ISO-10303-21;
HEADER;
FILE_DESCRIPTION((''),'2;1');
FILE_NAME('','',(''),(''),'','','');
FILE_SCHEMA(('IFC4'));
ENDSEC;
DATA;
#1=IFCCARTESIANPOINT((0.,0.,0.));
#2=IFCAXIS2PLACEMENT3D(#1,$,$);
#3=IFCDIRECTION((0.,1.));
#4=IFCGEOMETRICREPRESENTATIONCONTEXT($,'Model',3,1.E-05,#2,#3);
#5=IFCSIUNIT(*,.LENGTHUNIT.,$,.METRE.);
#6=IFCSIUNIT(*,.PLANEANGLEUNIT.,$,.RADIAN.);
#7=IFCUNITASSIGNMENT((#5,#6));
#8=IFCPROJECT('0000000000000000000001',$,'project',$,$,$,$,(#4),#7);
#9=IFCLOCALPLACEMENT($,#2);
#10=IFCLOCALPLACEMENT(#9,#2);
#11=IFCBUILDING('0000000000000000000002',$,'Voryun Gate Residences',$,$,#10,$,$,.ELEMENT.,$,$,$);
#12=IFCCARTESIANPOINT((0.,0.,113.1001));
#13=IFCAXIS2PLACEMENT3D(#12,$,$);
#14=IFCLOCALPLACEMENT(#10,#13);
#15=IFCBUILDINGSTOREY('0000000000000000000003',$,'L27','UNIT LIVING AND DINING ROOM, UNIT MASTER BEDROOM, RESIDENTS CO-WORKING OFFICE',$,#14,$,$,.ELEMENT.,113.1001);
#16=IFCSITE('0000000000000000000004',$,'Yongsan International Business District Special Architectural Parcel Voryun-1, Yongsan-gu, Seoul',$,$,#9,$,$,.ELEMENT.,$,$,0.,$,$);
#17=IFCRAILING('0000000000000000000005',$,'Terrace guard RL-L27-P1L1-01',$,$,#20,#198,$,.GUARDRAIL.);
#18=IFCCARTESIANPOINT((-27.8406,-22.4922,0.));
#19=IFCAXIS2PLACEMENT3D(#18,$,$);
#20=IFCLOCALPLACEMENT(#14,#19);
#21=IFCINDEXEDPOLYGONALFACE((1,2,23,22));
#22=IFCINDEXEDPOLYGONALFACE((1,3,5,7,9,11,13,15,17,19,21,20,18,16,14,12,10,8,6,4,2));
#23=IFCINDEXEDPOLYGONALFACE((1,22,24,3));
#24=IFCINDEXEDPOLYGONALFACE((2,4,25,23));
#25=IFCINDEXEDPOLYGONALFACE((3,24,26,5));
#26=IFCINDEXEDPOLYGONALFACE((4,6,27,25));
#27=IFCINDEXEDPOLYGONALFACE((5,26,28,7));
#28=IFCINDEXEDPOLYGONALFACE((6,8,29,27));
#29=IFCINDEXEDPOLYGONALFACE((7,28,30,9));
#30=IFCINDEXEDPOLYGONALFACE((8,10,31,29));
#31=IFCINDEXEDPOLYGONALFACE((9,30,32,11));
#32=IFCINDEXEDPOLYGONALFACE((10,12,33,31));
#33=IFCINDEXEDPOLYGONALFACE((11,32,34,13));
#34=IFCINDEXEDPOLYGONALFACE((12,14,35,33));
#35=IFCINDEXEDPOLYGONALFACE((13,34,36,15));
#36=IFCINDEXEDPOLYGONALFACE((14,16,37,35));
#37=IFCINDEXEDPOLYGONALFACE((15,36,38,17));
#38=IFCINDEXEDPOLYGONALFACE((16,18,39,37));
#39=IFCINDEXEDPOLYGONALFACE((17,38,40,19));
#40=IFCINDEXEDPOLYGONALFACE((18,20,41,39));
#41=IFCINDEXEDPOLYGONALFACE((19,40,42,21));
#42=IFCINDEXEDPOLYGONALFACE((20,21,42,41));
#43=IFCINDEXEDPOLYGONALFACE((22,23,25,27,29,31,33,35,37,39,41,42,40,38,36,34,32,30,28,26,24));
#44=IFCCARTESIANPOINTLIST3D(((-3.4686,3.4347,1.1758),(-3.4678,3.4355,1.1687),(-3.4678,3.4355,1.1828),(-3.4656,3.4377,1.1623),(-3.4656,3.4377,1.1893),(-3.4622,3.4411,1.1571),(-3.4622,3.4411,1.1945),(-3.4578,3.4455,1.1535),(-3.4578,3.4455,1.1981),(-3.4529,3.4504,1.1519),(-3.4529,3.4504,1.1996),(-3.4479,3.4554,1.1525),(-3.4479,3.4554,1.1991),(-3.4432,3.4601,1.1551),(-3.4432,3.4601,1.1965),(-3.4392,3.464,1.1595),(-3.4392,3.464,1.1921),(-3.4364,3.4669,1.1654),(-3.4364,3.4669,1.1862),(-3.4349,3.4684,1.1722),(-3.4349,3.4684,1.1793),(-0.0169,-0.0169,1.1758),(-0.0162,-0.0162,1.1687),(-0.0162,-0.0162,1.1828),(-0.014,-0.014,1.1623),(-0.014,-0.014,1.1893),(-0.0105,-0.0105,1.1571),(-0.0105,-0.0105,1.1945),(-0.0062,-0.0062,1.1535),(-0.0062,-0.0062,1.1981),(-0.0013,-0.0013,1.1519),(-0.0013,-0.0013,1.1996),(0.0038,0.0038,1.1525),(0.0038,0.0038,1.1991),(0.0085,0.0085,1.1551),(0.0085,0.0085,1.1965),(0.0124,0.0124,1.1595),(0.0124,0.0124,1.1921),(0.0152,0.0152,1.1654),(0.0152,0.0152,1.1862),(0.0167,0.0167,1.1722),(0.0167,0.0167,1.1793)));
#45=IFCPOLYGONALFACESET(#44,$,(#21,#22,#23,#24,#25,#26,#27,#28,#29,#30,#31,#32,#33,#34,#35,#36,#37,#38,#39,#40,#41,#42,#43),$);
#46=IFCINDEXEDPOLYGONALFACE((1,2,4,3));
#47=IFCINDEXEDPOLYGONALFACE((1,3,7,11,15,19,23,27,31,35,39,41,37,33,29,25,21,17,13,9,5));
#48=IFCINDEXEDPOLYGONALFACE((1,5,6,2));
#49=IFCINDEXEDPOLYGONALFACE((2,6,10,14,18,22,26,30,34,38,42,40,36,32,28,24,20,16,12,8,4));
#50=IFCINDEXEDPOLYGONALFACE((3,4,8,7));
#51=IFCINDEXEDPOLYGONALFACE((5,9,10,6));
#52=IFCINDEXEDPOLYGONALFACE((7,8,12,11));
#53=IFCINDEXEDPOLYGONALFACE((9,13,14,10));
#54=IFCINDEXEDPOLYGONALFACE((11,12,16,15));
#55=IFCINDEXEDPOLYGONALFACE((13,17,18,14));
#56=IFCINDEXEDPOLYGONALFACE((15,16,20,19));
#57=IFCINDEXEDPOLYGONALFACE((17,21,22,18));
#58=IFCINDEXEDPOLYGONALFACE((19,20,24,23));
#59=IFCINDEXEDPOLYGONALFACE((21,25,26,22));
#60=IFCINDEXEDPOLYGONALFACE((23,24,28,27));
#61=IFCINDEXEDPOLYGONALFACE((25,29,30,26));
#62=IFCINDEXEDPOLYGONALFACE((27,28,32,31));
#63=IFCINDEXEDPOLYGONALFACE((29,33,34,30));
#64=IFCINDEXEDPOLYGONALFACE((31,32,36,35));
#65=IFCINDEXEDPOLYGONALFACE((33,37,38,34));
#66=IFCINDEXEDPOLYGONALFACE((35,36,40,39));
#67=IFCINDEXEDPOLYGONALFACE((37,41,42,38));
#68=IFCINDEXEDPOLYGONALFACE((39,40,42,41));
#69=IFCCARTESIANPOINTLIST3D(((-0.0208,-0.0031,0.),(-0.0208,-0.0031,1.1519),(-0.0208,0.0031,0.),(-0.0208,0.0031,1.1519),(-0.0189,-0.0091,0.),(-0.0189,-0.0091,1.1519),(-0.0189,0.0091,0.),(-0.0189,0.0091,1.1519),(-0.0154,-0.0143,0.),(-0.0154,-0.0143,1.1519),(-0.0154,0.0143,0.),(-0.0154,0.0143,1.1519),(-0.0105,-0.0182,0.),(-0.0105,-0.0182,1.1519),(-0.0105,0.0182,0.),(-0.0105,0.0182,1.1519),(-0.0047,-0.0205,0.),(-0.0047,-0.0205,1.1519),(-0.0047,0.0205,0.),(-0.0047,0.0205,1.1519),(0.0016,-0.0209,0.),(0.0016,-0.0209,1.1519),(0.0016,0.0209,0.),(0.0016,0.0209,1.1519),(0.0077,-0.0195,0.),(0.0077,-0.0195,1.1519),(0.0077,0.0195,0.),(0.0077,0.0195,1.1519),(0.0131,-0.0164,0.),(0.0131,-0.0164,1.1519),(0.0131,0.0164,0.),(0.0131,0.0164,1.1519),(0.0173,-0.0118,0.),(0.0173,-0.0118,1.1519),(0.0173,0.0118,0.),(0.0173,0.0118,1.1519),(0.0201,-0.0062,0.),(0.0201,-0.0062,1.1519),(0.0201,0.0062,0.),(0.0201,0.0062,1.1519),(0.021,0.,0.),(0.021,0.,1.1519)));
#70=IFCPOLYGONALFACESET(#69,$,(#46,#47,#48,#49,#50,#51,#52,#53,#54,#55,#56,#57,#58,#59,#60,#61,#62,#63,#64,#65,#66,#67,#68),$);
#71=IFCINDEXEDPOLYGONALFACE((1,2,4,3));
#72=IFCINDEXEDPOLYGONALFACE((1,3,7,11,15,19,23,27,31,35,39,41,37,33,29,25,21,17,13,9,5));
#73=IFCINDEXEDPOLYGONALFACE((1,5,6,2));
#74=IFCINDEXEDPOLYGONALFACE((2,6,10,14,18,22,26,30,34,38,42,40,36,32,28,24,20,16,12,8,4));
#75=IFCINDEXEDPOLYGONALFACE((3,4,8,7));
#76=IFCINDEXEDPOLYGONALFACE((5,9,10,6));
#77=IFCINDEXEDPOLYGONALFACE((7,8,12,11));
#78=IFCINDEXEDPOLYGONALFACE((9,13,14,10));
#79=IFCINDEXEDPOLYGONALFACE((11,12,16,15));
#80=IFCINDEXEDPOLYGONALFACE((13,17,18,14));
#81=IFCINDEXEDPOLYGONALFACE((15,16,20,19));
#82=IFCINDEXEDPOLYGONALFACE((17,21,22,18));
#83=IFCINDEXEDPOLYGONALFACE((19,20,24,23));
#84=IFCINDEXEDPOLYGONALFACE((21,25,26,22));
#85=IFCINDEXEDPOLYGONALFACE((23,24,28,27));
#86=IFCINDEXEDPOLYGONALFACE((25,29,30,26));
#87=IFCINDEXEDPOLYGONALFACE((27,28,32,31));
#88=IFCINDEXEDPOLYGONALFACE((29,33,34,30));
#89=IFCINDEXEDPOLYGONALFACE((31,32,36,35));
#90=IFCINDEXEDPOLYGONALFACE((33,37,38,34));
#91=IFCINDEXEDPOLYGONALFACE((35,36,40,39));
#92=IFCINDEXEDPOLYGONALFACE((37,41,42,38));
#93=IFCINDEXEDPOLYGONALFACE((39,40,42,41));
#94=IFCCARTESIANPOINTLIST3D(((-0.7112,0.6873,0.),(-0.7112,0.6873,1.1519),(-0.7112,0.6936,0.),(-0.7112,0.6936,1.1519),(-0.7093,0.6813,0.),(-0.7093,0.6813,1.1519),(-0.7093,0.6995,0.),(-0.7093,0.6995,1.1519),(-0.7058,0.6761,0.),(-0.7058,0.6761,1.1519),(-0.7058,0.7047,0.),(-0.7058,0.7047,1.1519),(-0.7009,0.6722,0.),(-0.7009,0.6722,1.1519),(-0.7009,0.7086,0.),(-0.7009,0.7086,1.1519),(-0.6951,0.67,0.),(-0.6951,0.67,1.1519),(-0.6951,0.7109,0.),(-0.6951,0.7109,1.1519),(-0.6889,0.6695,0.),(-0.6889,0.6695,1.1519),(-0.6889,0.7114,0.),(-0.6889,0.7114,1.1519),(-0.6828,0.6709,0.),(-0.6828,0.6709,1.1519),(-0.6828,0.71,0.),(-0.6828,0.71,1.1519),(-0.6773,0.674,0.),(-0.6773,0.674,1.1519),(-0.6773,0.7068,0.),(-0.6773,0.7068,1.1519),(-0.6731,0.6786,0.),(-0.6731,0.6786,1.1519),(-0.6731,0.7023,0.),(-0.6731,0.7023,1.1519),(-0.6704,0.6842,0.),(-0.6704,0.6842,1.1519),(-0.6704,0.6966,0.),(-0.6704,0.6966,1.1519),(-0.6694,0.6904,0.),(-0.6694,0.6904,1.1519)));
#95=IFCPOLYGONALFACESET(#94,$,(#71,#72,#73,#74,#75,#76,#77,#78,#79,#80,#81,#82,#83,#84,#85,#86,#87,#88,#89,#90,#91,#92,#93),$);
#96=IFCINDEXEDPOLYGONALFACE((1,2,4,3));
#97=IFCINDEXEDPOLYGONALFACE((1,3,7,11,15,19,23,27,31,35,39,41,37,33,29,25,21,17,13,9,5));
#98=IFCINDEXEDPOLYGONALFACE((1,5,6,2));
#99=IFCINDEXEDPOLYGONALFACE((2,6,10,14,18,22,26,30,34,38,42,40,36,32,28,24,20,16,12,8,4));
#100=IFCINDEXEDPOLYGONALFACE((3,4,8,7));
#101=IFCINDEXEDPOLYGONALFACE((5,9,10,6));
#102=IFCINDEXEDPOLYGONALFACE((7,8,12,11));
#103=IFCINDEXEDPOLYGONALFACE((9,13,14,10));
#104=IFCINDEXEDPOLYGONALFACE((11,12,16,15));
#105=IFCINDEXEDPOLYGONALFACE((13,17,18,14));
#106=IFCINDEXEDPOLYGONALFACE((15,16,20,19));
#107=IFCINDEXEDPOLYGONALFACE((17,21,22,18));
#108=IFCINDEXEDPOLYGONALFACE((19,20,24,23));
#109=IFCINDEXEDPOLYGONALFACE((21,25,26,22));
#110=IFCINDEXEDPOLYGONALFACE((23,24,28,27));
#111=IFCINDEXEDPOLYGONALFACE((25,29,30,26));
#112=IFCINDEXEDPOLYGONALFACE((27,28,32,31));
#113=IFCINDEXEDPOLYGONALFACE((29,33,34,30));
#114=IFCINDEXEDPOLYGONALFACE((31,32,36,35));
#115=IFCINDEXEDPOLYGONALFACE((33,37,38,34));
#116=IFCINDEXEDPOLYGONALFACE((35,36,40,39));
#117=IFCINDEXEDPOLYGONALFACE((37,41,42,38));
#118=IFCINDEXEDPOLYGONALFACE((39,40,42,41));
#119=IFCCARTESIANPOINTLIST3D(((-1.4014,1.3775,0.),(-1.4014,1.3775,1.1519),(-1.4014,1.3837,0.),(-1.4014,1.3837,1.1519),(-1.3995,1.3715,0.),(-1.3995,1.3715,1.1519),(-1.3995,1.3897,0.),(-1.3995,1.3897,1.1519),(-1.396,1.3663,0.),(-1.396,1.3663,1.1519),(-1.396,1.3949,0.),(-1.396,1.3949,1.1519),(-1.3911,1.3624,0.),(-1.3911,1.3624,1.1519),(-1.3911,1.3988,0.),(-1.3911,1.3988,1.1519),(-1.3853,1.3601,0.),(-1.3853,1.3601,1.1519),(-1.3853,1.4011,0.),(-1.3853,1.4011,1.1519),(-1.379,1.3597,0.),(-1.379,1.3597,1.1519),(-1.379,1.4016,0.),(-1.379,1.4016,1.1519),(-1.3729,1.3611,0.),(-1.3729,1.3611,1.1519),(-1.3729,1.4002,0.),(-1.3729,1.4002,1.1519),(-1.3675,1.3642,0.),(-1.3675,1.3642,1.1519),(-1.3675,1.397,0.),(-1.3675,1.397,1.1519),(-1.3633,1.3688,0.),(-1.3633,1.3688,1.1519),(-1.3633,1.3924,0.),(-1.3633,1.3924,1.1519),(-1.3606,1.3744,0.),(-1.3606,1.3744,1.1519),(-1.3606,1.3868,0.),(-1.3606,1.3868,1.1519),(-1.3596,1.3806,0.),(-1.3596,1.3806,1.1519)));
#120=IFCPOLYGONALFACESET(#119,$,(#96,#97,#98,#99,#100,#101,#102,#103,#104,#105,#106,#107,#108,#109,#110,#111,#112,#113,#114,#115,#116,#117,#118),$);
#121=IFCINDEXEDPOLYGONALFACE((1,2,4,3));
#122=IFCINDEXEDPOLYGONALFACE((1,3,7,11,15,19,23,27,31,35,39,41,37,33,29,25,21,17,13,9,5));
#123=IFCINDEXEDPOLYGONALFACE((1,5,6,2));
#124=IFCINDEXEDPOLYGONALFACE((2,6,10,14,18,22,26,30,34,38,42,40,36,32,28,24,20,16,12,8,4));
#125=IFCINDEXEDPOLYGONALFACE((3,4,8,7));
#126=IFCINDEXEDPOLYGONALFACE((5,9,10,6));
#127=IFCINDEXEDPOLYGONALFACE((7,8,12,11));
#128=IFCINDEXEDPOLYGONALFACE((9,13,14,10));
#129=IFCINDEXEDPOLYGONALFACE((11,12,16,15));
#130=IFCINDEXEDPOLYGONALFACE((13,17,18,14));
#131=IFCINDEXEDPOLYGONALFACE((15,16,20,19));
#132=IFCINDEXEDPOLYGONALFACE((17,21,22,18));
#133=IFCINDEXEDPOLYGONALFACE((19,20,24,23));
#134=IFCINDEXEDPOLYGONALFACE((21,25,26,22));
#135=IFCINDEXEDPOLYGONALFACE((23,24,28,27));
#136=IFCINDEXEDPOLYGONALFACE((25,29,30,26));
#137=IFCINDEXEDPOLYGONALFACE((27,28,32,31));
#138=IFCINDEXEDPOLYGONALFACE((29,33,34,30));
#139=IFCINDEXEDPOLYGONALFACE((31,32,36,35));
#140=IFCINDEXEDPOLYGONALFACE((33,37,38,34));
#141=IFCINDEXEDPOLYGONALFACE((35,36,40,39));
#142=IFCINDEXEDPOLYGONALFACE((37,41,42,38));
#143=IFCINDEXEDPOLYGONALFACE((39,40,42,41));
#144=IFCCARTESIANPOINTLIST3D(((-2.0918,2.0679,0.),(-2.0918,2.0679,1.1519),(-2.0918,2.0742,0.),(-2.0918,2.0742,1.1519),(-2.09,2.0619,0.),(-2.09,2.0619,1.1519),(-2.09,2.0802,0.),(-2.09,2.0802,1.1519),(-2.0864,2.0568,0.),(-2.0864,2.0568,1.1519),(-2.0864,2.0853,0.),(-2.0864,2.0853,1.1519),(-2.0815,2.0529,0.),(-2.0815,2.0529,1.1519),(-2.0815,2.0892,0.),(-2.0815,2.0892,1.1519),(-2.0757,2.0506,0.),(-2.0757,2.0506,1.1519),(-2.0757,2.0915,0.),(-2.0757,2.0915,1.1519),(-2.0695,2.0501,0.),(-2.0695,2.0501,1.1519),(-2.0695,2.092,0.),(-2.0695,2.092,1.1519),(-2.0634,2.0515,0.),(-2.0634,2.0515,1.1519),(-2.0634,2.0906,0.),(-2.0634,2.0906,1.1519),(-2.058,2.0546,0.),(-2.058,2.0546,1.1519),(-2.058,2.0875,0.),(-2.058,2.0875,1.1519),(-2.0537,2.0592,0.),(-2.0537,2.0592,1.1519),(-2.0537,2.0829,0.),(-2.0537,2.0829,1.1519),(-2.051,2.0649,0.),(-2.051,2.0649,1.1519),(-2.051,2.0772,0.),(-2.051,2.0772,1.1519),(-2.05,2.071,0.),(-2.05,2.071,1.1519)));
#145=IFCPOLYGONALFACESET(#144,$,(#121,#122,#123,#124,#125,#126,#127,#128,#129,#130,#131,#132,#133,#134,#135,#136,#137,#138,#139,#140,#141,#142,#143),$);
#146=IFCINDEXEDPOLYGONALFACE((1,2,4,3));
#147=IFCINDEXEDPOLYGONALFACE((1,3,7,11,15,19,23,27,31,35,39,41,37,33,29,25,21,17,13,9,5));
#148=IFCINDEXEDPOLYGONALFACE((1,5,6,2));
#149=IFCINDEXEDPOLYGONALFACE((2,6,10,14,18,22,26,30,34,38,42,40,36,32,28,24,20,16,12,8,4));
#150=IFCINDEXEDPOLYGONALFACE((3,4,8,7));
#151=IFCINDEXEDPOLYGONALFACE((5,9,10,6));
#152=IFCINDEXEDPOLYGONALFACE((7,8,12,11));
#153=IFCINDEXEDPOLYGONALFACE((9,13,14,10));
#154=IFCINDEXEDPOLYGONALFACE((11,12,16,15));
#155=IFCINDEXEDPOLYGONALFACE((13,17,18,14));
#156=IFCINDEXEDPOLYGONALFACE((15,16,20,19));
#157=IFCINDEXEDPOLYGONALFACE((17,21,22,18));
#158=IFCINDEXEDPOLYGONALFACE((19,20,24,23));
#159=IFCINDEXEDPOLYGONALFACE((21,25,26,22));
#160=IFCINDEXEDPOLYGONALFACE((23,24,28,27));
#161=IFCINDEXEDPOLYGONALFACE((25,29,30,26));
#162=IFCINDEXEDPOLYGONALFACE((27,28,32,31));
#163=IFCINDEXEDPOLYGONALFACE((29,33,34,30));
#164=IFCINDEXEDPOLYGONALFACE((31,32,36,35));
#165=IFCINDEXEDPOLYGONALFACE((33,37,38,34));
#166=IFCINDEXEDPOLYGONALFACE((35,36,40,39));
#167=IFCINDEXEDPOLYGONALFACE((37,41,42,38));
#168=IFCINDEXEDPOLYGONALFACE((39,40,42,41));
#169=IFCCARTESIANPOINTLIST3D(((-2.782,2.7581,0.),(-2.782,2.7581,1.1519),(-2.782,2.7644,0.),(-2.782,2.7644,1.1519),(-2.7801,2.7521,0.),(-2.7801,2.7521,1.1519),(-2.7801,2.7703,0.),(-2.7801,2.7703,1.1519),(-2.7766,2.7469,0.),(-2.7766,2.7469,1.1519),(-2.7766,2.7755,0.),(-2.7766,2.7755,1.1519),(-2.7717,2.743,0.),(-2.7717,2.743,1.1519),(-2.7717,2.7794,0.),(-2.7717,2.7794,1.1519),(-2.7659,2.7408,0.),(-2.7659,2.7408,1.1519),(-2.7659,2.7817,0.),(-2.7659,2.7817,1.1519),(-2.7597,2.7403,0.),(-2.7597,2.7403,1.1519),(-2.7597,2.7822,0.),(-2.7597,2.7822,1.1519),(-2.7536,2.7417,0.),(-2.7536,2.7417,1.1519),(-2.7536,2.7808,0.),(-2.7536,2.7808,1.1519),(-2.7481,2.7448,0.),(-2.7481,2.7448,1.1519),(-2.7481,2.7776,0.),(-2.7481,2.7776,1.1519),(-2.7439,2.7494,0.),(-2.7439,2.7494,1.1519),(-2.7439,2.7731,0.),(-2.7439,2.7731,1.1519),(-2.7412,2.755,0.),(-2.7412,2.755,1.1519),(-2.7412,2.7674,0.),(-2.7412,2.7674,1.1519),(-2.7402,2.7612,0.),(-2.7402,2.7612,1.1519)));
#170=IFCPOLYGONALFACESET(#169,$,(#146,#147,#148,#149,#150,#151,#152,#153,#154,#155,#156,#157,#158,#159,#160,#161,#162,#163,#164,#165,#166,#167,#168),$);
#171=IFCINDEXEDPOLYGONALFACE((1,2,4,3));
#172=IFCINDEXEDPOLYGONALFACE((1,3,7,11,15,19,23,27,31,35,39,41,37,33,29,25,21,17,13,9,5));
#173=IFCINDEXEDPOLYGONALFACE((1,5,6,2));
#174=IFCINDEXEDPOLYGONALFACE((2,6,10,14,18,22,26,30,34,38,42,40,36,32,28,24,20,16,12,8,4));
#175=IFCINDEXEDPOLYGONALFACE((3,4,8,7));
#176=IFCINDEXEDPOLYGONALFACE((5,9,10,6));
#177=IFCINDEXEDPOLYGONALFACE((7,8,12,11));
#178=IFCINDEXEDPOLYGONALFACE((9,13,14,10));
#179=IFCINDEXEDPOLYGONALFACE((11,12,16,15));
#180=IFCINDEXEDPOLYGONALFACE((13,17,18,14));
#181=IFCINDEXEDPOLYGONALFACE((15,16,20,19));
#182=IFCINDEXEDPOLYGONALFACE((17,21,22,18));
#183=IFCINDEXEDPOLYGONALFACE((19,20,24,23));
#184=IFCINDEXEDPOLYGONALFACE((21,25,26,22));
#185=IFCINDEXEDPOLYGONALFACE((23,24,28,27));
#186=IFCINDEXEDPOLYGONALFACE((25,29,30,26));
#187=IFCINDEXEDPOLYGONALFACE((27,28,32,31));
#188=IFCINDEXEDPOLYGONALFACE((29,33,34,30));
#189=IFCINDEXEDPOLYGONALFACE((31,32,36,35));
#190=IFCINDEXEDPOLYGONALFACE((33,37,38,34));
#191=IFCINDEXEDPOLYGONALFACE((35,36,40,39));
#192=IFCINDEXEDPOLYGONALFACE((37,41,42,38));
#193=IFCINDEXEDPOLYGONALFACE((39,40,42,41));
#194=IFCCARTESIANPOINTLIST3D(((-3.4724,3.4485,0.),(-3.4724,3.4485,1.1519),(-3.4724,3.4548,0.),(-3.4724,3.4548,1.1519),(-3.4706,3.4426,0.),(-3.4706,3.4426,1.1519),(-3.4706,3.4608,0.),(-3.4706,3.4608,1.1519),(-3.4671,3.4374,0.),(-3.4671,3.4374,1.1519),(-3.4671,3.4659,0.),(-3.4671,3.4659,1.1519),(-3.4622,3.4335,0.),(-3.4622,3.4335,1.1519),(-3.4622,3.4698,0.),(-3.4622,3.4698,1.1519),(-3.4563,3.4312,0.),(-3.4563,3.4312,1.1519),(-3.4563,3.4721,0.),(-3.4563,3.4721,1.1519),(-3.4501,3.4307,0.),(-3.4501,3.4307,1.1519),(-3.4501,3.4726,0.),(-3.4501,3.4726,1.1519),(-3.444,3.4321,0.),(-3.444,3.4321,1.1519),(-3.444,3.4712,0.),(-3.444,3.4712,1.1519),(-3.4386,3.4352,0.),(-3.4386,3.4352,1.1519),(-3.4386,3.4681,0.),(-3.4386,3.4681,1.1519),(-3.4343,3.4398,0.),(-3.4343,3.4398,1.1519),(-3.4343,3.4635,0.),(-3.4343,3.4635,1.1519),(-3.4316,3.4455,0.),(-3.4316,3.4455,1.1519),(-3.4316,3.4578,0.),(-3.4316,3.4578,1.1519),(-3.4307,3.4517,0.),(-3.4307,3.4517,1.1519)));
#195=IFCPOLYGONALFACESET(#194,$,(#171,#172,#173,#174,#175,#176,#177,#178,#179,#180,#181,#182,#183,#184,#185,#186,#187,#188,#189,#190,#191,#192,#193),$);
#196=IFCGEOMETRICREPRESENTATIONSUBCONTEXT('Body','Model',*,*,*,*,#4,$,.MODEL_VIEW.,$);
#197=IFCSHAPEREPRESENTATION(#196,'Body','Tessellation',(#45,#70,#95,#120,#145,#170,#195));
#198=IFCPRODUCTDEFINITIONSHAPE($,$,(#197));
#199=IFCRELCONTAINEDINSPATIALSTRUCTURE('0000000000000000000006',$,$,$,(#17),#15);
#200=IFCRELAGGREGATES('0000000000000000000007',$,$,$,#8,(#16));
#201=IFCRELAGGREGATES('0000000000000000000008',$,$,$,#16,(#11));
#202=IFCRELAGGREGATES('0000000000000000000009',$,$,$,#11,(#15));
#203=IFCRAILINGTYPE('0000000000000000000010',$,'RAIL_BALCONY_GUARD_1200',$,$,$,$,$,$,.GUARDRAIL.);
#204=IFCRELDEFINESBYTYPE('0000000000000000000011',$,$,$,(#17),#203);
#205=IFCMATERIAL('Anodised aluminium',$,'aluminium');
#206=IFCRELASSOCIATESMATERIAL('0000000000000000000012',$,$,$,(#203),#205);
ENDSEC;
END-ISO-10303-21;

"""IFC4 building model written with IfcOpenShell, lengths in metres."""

from ifc_helpers import new_model, si_unit, direction, frame, origin, origin_2d, place, context, subcontext, project, spatial, circle, extrude, material, type_object, element, save


model = new_model("IFC4")

# Units and contexts
model_context = context("Model", 3, precision=1e-05, world=origin(), true_north=direction((0.0, 1.0)))
body_context = subcontext(model_context, "Body", "Model", "MODEL_VIEW")
ifc_project = project(units=[si_unit("LENGTHUNIT", "METRE"), si_unit("PLANEANGLEUNIT", "RADIAN")], contexts=[model_context])

# Site, building, storey
site_placement = place(None, origin())
site = spatial("IfcSite", under=ifc_project, at=site_placement, Name="Yongsan International Business District Special Architectural Parcel Voryun-1, Yongsan-gu, Seoul", CompositionType="ELEMENT", RefElevation=0.0)
building_placement = place(site_placement, origin())
building = spatial("IfcBuilding", under=site, at=building_placement, Name="Voryun Gate Residences", CompositionType="ELEMENT")
storey_placement = place(building_placement, frame((0.0, 0.0, 113.1001)))
storey = spatial("IfcBuildingStorey", under=building, at=storey_placement, Name="L27", Description="UNIT LIVING AND DINING ROOM, UNIT MASTER BEDROOM, RESIDENTS CO-WORKING OFFICE", CompositionType="ELEMENT", Elevation=113.1001)

# Railing
ifc_material_1 = material(Name="Anodised aluminium", Category="aluminium")
railing_type = type_object("IfcRailingType", Name="RAIL_BALCONY_GUARD_1200", PredefinedType="GUARDRAIL", material=ifc_material_1)
railing_1_placement = place(storey_placement, frame((-27.8406, -22.4922, 0.0)))
element("IfcRailing", 1, at=railing_1_placement, inside=storey, type_object=railing_type, Name="Terrace guard RL-L27-P1L1-01", PredefinedType="GUARDRAIL", context=body_context, shape_type="SweptSolid", body=[
    extrude(circle(Radius=0.0239, at=origin_2d()), frame((0.0, 0.0, 1.1758), z_axis=(-0.707107, 0.707107, 0.0), x_axis=(-0.707107, -0.707107, 0.0)), (0.0, 0.0, 1.0), 4.8813),
    extrude(circle(Radius=0.021, at=origin_2d()), origin(), (0.0, 0.0, 1.0), 1.1519),
    extrude(circle(Radius=0.021, at=origin_2d()), frame((-0.6904, 0.6904, 0.0)), (0.0, 0.0, 1.0), 1.1519),
    extrude(circle(Radius=0.021, at=origin_2d()), frame((-1.3806, 1.3806, 0.0)), (0.0, 0.0, 1.0), 1.1519),
    extrude(circle(Radius=0.021, at=origin_2d()), frame((-2.071, 2.071, 0.0)), (0.0, 0.0, 1.0), 1.1519),
    extrude(circle(Radius=0.021, at=origin_2d()), frame((-2.7612, 2.7612, 0.0)), (0.0, 0.0, 1.0), 1.1519),
    extrude(circle(Radius=0.021, at=origin_2d()), frame((-3.4517, 3.4517, 0.0)), (0.0, 0.0, 1.0), 1.1519),
])

save(model, "model.ifc")
